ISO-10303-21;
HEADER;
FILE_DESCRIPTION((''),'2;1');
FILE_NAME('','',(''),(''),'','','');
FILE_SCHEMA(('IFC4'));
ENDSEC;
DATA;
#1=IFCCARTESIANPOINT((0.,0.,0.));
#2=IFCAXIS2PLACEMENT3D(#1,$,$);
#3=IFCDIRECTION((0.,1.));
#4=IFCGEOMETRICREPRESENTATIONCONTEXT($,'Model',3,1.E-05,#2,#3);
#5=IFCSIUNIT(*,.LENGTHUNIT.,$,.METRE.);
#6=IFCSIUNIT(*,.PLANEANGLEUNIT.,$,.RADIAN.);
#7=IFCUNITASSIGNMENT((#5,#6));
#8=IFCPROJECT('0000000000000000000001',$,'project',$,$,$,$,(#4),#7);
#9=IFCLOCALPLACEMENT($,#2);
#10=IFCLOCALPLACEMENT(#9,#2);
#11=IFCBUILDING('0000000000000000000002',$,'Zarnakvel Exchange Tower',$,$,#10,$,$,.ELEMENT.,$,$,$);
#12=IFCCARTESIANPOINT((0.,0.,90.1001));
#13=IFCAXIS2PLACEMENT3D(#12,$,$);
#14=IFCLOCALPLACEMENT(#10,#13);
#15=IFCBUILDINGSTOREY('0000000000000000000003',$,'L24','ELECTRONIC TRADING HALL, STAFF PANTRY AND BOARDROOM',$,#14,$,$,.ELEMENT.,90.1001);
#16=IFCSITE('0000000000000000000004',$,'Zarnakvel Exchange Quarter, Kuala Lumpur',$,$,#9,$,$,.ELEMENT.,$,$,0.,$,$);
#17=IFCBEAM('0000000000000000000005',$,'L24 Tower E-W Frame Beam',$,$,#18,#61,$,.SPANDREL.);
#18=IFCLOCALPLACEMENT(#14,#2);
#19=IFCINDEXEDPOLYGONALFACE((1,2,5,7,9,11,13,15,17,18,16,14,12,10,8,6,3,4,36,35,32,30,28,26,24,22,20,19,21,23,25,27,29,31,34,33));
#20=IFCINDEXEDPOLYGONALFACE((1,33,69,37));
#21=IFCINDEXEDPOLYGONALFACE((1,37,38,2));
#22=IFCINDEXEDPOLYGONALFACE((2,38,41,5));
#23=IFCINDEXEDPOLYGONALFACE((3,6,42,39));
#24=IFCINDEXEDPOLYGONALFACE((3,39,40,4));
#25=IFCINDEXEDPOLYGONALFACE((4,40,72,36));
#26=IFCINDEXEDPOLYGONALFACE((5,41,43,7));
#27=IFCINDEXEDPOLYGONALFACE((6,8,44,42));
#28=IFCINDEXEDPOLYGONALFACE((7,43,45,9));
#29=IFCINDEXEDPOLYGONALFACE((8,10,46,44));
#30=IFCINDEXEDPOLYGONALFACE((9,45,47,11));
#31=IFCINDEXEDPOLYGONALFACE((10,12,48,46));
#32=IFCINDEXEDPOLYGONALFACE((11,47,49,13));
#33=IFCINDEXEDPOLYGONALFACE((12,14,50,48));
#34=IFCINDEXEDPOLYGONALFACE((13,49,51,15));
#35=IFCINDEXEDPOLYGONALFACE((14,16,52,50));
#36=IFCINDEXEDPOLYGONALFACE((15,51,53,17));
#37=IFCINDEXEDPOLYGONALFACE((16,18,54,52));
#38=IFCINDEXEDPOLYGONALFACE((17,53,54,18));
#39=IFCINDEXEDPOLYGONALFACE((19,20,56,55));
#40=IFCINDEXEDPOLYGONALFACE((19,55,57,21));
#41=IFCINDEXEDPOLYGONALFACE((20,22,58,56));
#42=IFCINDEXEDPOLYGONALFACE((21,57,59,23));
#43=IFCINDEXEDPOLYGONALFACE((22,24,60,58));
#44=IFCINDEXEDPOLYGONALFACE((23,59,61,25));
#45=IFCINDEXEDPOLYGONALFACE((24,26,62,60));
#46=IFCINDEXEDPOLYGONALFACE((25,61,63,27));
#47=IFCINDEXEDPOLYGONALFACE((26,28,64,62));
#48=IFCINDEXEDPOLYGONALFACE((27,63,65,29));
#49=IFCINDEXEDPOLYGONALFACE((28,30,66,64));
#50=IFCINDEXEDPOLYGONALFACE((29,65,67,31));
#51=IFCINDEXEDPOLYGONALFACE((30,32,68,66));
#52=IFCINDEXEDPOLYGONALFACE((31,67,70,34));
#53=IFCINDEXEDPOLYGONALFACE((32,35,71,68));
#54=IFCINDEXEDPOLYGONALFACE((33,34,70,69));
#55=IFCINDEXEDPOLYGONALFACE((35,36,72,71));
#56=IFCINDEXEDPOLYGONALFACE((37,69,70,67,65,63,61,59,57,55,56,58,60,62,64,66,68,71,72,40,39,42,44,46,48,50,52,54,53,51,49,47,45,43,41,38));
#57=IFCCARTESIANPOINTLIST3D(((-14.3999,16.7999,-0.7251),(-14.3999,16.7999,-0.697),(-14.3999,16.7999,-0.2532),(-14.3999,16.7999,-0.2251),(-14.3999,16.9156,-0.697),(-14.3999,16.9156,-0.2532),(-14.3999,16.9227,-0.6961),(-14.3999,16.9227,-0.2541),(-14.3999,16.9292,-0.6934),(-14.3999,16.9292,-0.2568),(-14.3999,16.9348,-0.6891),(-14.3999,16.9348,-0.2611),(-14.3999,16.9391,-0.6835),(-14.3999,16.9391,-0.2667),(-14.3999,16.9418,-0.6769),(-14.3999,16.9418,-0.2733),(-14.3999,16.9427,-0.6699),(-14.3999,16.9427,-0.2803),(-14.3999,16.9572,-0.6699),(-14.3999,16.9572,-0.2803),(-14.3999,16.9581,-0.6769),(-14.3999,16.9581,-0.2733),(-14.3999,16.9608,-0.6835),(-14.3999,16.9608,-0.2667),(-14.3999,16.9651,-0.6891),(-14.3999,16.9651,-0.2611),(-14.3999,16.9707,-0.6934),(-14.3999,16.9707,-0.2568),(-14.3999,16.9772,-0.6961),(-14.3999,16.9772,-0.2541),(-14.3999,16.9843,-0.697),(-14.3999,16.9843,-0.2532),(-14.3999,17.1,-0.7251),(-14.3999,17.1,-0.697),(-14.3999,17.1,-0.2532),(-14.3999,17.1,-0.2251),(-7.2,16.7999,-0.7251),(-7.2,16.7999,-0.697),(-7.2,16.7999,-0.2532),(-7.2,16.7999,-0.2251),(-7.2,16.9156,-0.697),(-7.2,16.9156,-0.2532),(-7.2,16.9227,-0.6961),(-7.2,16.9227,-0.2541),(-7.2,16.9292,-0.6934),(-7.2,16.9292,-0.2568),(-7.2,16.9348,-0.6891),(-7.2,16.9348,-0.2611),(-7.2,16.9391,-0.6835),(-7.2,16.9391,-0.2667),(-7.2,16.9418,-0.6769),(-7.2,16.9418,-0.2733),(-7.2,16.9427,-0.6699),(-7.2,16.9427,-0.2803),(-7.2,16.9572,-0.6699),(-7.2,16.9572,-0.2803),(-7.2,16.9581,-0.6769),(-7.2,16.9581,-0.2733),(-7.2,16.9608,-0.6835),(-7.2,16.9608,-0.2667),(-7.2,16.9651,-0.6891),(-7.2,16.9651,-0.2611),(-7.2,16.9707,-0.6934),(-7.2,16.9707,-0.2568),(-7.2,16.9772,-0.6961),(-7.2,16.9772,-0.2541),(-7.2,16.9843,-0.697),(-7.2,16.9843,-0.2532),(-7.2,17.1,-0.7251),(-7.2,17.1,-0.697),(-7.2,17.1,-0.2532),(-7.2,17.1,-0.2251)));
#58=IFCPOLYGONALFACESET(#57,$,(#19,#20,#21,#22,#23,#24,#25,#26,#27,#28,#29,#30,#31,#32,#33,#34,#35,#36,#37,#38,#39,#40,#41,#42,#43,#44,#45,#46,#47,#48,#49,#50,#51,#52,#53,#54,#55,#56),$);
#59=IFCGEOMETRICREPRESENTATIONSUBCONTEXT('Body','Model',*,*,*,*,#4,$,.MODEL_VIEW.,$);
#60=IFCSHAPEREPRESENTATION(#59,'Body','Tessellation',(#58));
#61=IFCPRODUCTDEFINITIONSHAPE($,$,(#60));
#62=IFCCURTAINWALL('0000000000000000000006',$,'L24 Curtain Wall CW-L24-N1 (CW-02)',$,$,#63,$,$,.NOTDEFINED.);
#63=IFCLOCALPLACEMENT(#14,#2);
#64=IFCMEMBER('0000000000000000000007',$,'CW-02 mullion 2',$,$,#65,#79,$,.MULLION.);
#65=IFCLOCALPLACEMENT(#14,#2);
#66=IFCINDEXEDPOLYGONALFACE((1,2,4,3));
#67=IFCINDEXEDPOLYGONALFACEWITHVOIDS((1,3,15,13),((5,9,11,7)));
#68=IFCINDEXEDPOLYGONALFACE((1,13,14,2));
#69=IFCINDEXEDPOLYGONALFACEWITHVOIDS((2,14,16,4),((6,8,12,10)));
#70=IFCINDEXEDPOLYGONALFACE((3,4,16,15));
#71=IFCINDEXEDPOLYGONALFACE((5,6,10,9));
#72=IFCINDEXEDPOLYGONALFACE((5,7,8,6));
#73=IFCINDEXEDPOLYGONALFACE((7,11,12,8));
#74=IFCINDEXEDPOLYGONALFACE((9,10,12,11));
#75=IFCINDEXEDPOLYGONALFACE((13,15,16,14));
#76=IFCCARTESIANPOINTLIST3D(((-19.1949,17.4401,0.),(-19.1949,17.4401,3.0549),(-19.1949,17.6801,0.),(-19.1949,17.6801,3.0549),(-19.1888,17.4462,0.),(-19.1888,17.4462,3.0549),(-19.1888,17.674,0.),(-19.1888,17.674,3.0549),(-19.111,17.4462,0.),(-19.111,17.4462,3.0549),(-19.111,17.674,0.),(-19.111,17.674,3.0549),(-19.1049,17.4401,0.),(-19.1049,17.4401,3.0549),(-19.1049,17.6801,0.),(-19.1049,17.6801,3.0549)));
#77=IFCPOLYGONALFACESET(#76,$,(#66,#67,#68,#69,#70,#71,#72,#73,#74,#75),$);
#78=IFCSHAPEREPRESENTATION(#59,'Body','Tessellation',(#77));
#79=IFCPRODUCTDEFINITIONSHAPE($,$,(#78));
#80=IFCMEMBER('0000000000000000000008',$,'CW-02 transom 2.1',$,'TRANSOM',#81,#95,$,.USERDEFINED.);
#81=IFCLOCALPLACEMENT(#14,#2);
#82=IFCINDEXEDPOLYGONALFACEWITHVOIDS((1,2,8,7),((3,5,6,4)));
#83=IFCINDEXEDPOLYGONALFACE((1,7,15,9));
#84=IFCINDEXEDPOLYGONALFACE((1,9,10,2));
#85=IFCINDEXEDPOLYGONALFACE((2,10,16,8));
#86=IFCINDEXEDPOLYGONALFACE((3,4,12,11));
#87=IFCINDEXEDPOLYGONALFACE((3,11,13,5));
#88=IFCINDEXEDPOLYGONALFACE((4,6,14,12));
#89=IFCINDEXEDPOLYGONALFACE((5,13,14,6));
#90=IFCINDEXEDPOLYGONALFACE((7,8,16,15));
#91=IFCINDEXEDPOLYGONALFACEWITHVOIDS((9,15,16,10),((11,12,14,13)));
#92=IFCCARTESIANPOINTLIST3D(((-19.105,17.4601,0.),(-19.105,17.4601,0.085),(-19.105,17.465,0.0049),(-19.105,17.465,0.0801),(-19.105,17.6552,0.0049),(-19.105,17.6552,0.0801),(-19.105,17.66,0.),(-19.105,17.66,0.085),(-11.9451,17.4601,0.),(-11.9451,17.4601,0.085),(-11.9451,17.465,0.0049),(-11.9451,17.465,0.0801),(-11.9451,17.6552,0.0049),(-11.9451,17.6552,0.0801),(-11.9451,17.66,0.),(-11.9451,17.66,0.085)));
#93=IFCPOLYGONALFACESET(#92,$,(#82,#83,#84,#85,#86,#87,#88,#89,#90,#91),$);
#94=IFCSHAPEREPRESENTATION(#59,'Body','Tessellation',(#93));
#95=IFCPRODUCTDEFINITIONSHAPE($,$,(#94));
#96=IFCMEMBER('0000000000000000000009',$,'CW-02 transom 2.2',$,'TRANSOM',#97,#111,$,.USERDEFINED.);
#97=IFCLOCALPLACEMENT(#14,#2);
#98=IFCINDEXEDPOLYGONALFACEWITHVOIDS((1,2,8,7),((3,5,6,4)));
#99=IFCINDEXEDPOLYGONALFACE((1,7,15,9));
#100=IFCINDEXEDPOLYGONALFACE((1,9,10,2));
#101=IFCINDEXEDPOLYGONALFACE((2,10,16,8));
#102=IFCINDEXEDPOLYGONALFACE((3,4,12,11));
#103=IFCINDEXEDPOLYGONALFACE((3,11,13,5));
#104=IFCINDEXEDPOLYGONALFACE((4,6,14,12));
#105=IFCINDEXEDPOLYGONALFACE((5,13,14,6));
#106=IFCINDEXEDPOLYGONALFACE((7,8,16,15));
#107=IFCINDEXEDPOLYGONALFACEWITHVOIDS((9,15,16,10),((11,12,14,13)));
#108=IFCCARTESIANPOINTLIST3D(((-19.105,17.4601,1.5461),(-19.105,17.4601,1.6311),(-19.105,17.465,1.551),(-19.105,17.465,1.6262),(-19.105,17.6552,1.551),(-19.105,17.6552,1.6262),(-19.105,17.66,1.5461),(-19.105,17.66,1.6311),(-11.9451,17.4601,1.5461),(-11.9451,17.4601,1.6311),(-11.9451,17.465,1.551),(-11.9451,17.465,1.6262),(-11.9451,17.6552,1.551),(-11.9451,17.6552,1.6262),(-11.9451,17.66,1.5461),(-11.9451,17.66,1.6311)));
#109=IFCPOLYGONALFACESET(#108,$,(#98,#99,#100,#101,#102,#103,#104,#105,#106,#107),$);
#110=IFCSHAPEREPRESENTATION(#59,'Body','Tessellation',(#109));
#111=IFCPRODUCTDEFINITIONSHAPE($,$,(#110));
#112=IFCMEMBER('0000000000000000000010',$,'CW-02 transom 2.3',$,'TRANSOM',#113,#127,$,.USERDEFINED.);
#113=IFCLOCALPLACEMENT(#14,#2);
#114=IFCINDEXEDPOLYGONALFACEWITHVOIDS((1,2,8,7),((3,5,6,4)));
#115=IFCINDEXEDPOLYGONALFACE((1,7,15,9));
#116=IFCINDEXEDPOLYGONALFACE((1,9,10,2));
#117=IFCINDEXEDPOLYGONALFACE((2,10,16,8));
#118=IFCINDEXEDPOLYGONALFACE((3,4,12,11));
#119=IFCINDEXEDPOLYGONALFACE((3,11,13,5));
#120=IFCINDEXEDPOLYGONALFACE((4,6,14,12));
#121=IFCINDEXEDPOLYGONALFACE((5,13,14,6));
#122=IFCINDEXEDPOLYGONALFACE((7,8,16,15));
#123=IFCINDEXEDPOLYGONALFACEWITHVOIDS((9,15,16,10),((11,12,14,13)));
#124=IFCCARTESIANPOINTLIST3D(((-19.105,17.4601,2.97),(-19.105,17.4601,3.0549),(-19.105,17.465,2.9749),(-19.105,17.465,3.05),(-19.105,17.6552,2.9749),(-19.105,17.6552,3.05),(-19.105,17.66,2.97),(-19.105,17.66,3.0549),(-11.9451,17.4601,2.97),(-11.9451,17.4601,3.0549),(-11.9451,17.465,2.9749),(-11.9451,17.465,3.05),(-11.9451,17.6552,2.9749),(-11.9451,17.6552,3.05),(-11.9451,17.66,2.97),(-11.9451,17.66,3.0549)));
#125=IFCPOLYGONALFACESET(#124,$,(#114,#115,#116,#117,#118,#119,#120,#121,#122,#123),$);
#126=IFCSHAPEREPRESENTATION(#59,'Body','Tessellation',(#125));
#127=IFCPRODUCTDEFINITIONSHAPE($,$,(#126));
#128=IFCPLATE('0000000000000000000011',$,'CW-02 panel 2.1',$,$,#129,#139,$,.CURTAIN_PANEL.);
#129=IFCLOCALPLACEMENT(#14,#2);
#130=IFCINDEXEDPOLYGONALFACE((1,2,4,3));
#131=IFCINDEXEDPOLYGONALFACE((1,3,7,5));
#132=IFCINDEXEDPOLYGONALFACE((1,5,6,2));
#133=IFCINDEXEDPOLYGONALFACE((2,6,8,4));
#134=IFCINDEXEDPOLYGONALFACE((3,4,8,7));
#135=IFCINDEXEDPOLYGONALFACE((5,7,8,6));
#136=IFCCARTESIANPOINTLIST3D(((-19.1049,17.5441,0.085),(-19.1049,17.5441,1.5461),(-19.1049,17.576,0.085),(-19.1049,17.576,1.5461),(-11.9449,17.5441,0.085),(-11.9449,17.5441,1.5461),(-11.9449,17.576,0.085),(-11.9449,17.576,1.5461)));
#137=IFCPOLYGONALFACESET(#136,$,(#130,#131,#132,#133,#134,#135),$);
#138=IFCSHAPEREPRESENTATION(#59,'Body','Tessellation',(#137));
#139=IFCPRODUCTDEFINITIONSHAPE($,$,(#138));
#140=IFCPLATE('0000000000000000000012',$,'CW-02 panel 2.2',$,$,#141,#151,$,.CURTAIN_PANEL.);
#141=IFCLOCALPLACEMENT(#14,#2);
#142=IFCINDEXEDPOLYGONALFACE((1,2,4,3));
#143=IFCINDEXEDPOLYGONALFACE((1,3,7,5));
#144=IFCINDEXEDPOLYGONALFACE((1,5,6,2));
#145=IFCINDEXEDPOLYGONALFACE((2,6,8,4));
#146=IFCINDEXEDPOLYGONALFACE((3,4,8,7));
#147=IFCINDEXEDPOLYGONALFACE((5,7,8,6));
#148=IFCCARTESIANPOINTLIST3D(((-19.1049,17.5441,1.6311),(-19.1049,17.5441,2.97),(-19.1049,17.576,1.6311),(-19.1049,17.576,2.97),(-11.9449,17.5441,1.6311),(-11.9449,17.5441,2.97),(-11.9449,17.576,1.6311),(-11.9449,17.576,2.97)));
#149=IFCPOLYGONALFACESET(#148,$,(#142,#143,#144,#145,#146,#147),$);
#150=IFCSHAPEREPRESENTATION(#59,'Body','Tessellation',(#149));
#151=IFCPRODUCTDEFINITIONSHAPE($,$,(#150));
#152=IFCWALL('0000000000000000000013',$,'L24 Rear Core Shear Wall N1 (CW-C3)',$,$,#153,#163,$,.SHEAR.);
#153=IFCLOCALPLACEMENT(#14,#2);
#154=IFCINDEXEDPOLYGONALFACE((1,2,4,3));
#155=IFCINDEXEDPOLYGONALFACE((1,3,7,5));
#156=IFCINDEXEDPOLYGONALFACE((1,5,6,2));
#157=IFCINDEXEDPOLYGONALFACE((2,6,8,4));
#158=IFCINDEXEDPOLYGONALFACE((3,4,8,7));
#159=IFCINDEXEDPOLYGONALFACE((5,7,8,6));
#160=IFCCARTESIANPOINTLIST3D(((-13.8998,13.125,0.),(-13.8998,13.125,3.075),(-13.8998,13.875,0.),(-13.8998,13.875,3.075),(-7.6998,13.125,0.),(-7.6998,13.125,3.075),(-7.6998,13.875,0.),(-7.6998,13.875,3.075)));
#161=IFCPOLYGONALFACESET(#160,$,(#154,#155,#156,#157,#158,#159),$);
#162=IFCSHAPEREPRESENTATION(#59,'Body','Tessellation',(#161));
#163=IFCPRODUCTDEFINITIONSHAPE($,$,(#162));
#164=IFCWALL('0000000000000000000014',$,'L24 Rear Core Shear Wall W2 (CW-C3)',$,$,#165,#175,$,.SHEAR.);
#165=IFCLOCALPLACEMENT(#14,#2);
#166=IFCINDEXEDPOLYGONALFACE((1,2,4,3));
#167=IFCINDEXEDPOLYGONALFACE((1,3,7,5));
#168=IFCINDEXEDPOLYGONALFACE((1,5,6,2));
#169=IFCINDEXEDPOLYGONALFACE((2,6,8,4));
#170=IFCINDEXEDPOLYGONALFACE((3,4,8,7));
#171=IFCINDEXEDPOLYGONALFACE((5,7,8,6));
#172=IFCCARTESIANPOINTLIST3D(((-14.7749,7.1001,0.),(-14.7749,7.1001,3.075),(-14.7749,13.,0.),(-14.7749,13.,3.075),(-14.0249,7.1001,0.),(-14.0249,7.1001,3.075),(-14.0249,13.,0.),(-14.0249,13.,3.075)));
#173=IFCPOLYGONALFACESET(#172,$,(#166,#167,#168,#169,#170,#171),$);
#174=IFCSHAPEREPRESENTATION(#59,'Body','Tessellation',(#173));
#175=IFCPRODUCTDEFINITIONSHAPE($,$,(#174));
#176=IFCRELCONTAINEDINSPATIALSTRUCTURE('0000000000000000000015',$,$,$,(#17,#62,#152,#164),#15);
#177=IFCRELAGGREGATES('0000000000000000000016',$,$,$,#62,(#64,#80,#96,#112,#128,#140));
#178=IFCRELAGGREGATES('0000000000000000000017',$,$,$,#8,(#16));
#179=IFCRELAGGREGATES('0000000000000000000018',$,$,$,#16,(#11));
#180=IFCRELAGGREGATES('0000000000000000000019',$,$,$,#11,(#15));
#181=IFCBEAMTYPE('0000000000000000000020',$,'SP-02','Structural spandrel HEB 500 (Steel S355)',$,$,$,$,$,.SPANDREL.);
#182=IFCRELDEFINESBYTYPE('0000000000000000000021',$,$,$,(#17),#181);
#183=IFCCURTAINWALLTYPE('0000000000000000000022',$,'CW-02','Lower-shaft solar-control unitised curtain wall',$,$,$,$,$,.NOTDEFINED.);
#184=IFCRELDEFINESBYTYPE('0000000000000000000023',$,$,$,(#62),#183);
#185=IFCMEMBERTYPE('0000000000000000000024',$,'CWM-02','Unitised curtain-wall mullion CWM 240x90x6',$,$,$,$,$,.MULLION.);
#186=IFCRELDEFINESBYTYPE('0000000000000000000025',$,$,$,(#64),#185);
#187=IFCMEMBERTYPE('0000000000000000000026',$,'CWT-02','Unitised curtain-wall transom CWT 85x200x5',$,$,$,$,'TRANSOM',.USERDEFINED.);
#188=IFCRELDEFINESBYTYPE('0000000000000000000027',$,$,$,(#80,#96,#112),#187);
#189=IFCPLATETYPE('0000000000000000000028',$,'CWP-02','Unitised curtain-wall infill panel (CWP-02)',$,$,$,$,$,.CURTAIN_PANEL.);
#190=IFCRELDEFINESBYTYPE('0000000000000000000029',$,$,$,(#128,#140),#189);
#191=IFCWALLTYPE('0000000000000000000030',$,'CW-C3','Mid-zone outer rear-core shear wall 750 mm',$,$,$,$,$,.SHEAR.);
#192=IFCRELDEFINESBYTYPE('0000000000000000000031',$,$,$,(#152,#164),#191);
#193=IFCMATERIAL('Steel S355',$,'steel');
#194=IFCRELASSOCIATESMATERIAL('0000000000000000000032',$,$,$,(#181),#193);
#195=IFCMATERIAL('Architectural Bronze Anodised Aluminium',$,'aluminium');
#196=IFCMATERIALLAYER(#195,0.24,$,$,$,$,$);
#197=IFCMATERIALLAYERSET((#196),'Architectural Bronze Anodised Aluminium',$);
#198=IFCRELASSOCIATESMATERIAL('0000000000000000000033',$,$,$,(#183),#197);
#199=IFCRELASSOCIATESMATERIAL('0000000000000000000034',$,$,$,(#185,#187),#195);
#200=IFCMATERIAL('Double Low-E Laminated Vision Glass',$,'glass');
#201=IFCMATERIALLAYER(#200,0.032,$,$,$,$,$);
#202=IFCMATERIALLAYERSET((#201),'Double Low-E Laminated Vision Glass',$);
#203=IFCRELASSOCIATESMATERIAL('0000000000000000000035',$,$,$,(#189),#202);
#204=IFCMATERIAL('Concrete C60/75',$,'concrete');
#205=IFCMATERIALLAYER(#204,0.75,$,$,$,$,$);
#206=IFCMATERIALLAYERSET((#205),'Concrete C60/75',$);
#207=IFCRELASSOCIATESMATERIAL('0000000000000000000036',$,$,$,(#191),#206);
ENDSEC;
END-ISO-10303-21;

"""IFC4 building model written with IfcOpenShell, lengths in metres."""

from ifc_helpers import new_model, si_unit, direction, frame, frame_2d, origin, origin_2d, place, context, subcontext, project, spatial, rectangle, hollow_rectangle, i_section, extrude, source, transform, mapped, material, layer, layer_set, material_profile, profile_set, type_object, element, aggregate, save


model = new_model("IFC4")

# Units and contexts
model_context = context("Model", 3, precision=1e-05, world=origin(), true_north=direction((0.0, 1.0)))
body_context = subcontext(model_context, "Body", "Model", "MODEL_VIEW")
ifc_project = project(units=[si_unit("LENGTHUNIT", "METRE"), si_unit("PLANEANGLEUNIT", "RADIAN")], contexts=[model_context])

# Site, building, storey
site_placement = place(None, origin())
site = spatial("IfcSite", under=ifc_project, at=site_placement, Name="Zarnakvel Exchange Quarter, Kuala Lumpur", CompositionType="ELEMENT", RefElevation=0.0)
building_placement = place(site_placement, origin())
building = spatial("IfcBuilding", under=site, at=building_placement, Name="Zarnakvel Exchange Tower", CompositionType="ELEMENT")
storey_placement = place(building_placement, frame((0.0, 0.0, 90.1001)))
storey = spatial("IfcBuildingStorey", under=building, at=storey_placement, Name="L24", Description="ELECTRONIC TRADING HALL, STAFF PANTRY AND BOARDROOM", CompositionType="ELEMENT", Elevation=90.1001)

# Shared definitions
ifc_material_1 = material(Name="Concrete C60/75", Category="concrete")

# Beam
ifc_material_2 = material(Name="Steel S355", Category="steel")
ifc_material_profile_1 = material_profile(ifc_material_2, i_section(OverallWidth=0.3, OverallDepth=0.5, WebThickness=0.0144, FlangeThickness=0.0281, FilletRadius=0.0271, at=origin_2d()))
ifc_profile_set_1 = profile_set([ifc_material_profile_1], Name="Steel S355")
beam_type_1 = type_object("IfcBeamType", Name="SP-02", Description="Structural spandrel HEB 500 (Steel S355)", PredefinedType="SPANDREL", material=ifc_profile_set_1)
beam_1_placement = place(storey_placement, frame((-14.3999, 16.95, -0.4751), z_axis=(1.0, 0.0, 0.0), x_axis=(0.0, 1.0, 0.0)))
element("IfcBeam", 1, at=beam_1_placement, inside=storey, type_object=beam_type_1, Name="L24 Tower E-W Frame Beam", PredefinedType="SPANDREL", context=body_context, shape_type="SweptSolid", body=[
    extrude(i_section(OverallWidth=0.3, OverallDepth=0.5, WebThickness=0.0144, FlangeThickness=0.0281, FilletRadius=0.0271, at=origin_2d()), origin(), (0.0, 0.0, 1.0), 7.2),
])

# Curtain wall, members, plates
ifc_material_3 = material(Name="Architectural Bronze Anodised Aluminium", Category="aluminium")
ifc_layer_1 = layer(ifc_material_3, 0.24)
ifc_layer_set_1 = layer_set([ifc_layer_1], Name="Architectural Bronze Anodised Aluminium")
curtain_wall_type = type_object("IfcCurtainWallType", Name="CW-02", Description="Lower-shaft solar-control unitised curtain wall", PredefinedType="NOTDEFINED", material=ifc_layer_set_1)
curtain_wall_placement = place(storey_placement, origin())
curtain_wall = element("IfcCurtainWall", 2, at=curtain_wall_placement, inside=storey, type_object=curtain_wall_type, Name="L24 Curtain Wall CW-L24-N1 (CW-02)", PredefinedType="NOTDEFINED")
ifc_material_profile_2 = material_profile(ifc_material_3, hollow_rectangle(XDim=0.24, YDim=0.0901, WallThickness=0.0061, at=origin_2d()))
ifc_profile_set_2 = profile_set([ifc_material_profile_2], Name="Architectural Bronze Anodised Aluminium")
member_type_1 = type_object("IfcMemberType", Name="CWM-02", Description="Unitised curtain-wall mullion CWM 240x90x6", PredefinedType="MULLION", material=ifc_profile_set_2)
shared_shape_1 = source(origin(), body_context, "Body", "SweptSolid", [
    extrude(hollow_rectangle(XDim=0.24, YDim=0.0901, WallThickness=0.0061, at=origin_2d()), origin(), (0.0, 0.0, 1.0), 3.0549),
])
member_1_placement = place(storey_placement, frame((-19.1499, 17.5601, 0.0), z_axis=(0.0, 0.0, 1.0), x_axis=(0.0, 1.0, 0.0)))
member_1 = element("IfcMember", 3, at=member_1_placement, type_object=member_type_1, Name="CW-02 mullion 2", PredefinedType="MULLION", context=body_context, shape_type="MappedRepresentation", body=[
    mapped(shared_shape_1, transform((0.0, 0.0, 0.0), x_axis=(1.0, 0.0, 0.0), y_axis=(0.0, 1.0, 0.0), z_axis=(0.0, 0.0, 1.0), scale=1.0)),
])
ifc_material_profile_3 = material_profile(ifc_material_3, hollow_rectangle(XDim=0.2, YDim=0.085, WallThickness=0.0049, at=origin_2d()))
ifc_profile_set_3 = profile_set([ifc_material_profile_3], Name="Architectural Bronze Anodised Aluminium")
member_type_2 = type_object("IfcMemberType", Name="CWT-02", Description="Unitised curtain-wall transom CWT 85x200x5", ElementType="TRANSOM", PredefinedType="USERDEFINED", material=ifc_profile_set_3)
shared_shape_2 = source(origin(), body_context, "Body", "SweptSolid", [
    extrude(hollow_rectangle(XDim=0.2, YDim=0.085, WallThickness=0.0049, at=origin_2d()), origin(), (0.0, 0.0, 1.0), 7.1599),
])
member_2_placement = place(storey_placement, frame((-19.105, 17.5601, 0.0425), z_axis=(1.0, 0.0, 0.0), x_axis=(0.0, 1.0, 0.0)))
member_2 = element("IfcMember", 4, at=member_2_placement, type_object=member_type_2, Name="CW-02 transom 2.1", ObjectType="TRANSOM", PredefinedType="USERDEFINED", context=body_context, shape_type="MappedRepresentation", body=[
    mapped(shared_shape_2, transform((0.0, 0.0, 0.0), x_axis=(1.0, 0.0, 0.0), y_axis=(0.0, 1.0, 0.0), z_axis=(0.0, 0.0, 1.0), scale=1.0)),
])
member_3_placement = place(storey_placement, frame((-19.105, 17.5601, 1.5886), z_axis=(1.0, 0.0, 0.0), x_axis=(0.0, 1.0, 0.0)))
member_3 = element("IfcMember", 5, at=member_3_placement, type_object=member_type_2, Name="CW-02 transom 2.2", ObjectType="TRANSOM", PredefinedType="USERDEFINED", context=body_context, shape_type="MappedRepresentation", body=[
    mapped(shared_shape_2, transform((0.0, 0.0, 0.0), x_axis=(1.0, 0.0, 0.0), y_axis=(0.0, 1.0, 0.0), z_axis=(0.0, 0.0, 1.0), scale=1.0)),
])
member_4_placement = place(storey_placement, frame((-19.105, 17.5601, 3.0125), z_axis=(1.0, 0.0, 0.0), x_axis=(0.0, 1.0, 0.0)))
member_4 = element("IfcMember", 6, at=member_4_placement, type_object=member_type_2, Name="CW-02 transom 2.3", ObjectType="TRANSOM", PredefinedType="USERDEFINED", context=body_context, shape_type="MappedRepresentation", body=[
    mapped(shared_shape_2, transform((0.0, 0.0, 0.0), x_axis=(1.0, 0.0, 0.0), y_axis=(0.0, 1.0, 0.0), z_axis=(0.0, 0.0, 1.0), scale=1.0)),
])
ifc_material_4 = material(Name="Double Low-E Laminated Vision Glass", Category="glass")
ifc_layer_2 = layer(ifc_material_4, 0.032)
ifc_layer_set_2 = layer_set([ifc_layer_2], Name="Double Low-E Laminated Vision Glass")
plate_type = type_object("IfcPlateType", Name="CWP-02", Description="Unitised curtain-wall infill panel (CWP-02)", PredefinedType="CURTAIN_PANEL", material=ifc_layer_set_2)
shared_shape_3 = source(origin(), body_context, "Body", "SweptSolid", [
    extrude(rectangle(XDim=7.1599, YDim=0.032, at=origin_2d()), origin(), (0.0, 0.0, 1.0), 1.4612),
])
plate_1_placement = place(storey_placement, frame((-15.5249, 17.5601, 0.085), z_axis=(0.0, 0.0, 1.0), x_axis=(1.0, 0.0, 0.0)))
plate_1 = element("IfcPlate", 7, at=plate_1_placement, type_object=plate_type, Name="CW-02 panel 2.1", PredefinedType="CURTAIN_PANEL", context=body_context, shape_type="MappedRepresentation", body=[
    mapped(shared_shape_3, transform((0.0, 0.0, 0.0), x_axis=(1.0, 0.0, 0.0), y_axis=(0.0, 1.0, 0.0), z_axis=(0.0, 0.0, 1.0), scale=1.0)),
])
shared_shape_4 = source(origin(), body_context, "Body", "SweptSolid", [
    extrude(rectangle(XDim=7.1599, YDim=0.032, at=origin_2d()), origin(), (0.0, 0.0, 1.0), 1.3389),
])
plate_2_placement = place(storey_placement, frame((-15.5249, 17.5601, 1.6311), z_axis=(0.0, 0.0, 1.0), x_axis=(1.0, 0.0, 0.0)))
plate_2 = element("IfcPlate", 8, at=plate_2_placement, type_object=plate_type, Name="CW-02 panel 2.2", PredefinedType="CURTAIN_PANEL", context=body_context, shape_type="MappedRepresentation", body=[
    mapped(shared_shape_4, transform((0.0, 0.0, 0.0), x_axis=(1.0, 0.0, 0.0), y_axis=(0.0, 1.0, 0.0), z_axis=(0.0, 0.0, 1.0), scale=1.0)),
])
aggregate(curtain_wall, [member_1, member_2, member_3, member_4, plate_1, plate_2])

# Walls
ifc_layer_3 = layer(ifc_material_1, 0.75)
ifc_layer_set_3 = layer_set([ifc_layer_3], Name="Concrete C60/75")
wall_type_1 = type_object("IfcWallType", Name="CW-C3", Description="Mid-zone outer rear-core shear wall 750 mm", PredefinedType="SHEAR", material=ifc_layer_set_3)
wall_1_placement = place(storey_placement, frame((-13.8999, 13.5, 0.0), z_axis=(0.0, 0.0, 1.0), x_axis=(1.0, 0.0, 0.0)))
element("IfcWall", 9, at=wall_1_placement, inside=storey, type_object=wall_type_1, Name="L24 Rear Core Shear Wall N1 (CW-C3)", PredefinedType="SHEAR", context=body_context, shape_type="SweptSolid", body=[
    extrude(rectangle(XDim=6.2, YDim=0.75, at=frame_2d((3.1001, 0.0))), origin(), (0.0, 0.0, 1.0), 3.075),
])
wall_2_placement = place(storey_placement, frame((-14.3999, 7.1001, 0.0), z_axis=(0.0, 0.0, 1.0), x_axis=(0.0, 1.0, 0.0)))
element("IfcWall", 10, at=wall_2_placement, inside=storey, type_object=wall_type_1, Name="L24 Rear Core Shear Wall W2 (CW-C3)", PredefinedType="SHEAR", context=body_context, shape_type="SweptSolid", body=[
    extrude(rectangle(XDim=5.8999, YDim=0.75, at=frame_2d((2.95, 0.0))), origin(), (0.0, 0.0, 1.0), 3.075),
])

save(model, "model.ifc")
